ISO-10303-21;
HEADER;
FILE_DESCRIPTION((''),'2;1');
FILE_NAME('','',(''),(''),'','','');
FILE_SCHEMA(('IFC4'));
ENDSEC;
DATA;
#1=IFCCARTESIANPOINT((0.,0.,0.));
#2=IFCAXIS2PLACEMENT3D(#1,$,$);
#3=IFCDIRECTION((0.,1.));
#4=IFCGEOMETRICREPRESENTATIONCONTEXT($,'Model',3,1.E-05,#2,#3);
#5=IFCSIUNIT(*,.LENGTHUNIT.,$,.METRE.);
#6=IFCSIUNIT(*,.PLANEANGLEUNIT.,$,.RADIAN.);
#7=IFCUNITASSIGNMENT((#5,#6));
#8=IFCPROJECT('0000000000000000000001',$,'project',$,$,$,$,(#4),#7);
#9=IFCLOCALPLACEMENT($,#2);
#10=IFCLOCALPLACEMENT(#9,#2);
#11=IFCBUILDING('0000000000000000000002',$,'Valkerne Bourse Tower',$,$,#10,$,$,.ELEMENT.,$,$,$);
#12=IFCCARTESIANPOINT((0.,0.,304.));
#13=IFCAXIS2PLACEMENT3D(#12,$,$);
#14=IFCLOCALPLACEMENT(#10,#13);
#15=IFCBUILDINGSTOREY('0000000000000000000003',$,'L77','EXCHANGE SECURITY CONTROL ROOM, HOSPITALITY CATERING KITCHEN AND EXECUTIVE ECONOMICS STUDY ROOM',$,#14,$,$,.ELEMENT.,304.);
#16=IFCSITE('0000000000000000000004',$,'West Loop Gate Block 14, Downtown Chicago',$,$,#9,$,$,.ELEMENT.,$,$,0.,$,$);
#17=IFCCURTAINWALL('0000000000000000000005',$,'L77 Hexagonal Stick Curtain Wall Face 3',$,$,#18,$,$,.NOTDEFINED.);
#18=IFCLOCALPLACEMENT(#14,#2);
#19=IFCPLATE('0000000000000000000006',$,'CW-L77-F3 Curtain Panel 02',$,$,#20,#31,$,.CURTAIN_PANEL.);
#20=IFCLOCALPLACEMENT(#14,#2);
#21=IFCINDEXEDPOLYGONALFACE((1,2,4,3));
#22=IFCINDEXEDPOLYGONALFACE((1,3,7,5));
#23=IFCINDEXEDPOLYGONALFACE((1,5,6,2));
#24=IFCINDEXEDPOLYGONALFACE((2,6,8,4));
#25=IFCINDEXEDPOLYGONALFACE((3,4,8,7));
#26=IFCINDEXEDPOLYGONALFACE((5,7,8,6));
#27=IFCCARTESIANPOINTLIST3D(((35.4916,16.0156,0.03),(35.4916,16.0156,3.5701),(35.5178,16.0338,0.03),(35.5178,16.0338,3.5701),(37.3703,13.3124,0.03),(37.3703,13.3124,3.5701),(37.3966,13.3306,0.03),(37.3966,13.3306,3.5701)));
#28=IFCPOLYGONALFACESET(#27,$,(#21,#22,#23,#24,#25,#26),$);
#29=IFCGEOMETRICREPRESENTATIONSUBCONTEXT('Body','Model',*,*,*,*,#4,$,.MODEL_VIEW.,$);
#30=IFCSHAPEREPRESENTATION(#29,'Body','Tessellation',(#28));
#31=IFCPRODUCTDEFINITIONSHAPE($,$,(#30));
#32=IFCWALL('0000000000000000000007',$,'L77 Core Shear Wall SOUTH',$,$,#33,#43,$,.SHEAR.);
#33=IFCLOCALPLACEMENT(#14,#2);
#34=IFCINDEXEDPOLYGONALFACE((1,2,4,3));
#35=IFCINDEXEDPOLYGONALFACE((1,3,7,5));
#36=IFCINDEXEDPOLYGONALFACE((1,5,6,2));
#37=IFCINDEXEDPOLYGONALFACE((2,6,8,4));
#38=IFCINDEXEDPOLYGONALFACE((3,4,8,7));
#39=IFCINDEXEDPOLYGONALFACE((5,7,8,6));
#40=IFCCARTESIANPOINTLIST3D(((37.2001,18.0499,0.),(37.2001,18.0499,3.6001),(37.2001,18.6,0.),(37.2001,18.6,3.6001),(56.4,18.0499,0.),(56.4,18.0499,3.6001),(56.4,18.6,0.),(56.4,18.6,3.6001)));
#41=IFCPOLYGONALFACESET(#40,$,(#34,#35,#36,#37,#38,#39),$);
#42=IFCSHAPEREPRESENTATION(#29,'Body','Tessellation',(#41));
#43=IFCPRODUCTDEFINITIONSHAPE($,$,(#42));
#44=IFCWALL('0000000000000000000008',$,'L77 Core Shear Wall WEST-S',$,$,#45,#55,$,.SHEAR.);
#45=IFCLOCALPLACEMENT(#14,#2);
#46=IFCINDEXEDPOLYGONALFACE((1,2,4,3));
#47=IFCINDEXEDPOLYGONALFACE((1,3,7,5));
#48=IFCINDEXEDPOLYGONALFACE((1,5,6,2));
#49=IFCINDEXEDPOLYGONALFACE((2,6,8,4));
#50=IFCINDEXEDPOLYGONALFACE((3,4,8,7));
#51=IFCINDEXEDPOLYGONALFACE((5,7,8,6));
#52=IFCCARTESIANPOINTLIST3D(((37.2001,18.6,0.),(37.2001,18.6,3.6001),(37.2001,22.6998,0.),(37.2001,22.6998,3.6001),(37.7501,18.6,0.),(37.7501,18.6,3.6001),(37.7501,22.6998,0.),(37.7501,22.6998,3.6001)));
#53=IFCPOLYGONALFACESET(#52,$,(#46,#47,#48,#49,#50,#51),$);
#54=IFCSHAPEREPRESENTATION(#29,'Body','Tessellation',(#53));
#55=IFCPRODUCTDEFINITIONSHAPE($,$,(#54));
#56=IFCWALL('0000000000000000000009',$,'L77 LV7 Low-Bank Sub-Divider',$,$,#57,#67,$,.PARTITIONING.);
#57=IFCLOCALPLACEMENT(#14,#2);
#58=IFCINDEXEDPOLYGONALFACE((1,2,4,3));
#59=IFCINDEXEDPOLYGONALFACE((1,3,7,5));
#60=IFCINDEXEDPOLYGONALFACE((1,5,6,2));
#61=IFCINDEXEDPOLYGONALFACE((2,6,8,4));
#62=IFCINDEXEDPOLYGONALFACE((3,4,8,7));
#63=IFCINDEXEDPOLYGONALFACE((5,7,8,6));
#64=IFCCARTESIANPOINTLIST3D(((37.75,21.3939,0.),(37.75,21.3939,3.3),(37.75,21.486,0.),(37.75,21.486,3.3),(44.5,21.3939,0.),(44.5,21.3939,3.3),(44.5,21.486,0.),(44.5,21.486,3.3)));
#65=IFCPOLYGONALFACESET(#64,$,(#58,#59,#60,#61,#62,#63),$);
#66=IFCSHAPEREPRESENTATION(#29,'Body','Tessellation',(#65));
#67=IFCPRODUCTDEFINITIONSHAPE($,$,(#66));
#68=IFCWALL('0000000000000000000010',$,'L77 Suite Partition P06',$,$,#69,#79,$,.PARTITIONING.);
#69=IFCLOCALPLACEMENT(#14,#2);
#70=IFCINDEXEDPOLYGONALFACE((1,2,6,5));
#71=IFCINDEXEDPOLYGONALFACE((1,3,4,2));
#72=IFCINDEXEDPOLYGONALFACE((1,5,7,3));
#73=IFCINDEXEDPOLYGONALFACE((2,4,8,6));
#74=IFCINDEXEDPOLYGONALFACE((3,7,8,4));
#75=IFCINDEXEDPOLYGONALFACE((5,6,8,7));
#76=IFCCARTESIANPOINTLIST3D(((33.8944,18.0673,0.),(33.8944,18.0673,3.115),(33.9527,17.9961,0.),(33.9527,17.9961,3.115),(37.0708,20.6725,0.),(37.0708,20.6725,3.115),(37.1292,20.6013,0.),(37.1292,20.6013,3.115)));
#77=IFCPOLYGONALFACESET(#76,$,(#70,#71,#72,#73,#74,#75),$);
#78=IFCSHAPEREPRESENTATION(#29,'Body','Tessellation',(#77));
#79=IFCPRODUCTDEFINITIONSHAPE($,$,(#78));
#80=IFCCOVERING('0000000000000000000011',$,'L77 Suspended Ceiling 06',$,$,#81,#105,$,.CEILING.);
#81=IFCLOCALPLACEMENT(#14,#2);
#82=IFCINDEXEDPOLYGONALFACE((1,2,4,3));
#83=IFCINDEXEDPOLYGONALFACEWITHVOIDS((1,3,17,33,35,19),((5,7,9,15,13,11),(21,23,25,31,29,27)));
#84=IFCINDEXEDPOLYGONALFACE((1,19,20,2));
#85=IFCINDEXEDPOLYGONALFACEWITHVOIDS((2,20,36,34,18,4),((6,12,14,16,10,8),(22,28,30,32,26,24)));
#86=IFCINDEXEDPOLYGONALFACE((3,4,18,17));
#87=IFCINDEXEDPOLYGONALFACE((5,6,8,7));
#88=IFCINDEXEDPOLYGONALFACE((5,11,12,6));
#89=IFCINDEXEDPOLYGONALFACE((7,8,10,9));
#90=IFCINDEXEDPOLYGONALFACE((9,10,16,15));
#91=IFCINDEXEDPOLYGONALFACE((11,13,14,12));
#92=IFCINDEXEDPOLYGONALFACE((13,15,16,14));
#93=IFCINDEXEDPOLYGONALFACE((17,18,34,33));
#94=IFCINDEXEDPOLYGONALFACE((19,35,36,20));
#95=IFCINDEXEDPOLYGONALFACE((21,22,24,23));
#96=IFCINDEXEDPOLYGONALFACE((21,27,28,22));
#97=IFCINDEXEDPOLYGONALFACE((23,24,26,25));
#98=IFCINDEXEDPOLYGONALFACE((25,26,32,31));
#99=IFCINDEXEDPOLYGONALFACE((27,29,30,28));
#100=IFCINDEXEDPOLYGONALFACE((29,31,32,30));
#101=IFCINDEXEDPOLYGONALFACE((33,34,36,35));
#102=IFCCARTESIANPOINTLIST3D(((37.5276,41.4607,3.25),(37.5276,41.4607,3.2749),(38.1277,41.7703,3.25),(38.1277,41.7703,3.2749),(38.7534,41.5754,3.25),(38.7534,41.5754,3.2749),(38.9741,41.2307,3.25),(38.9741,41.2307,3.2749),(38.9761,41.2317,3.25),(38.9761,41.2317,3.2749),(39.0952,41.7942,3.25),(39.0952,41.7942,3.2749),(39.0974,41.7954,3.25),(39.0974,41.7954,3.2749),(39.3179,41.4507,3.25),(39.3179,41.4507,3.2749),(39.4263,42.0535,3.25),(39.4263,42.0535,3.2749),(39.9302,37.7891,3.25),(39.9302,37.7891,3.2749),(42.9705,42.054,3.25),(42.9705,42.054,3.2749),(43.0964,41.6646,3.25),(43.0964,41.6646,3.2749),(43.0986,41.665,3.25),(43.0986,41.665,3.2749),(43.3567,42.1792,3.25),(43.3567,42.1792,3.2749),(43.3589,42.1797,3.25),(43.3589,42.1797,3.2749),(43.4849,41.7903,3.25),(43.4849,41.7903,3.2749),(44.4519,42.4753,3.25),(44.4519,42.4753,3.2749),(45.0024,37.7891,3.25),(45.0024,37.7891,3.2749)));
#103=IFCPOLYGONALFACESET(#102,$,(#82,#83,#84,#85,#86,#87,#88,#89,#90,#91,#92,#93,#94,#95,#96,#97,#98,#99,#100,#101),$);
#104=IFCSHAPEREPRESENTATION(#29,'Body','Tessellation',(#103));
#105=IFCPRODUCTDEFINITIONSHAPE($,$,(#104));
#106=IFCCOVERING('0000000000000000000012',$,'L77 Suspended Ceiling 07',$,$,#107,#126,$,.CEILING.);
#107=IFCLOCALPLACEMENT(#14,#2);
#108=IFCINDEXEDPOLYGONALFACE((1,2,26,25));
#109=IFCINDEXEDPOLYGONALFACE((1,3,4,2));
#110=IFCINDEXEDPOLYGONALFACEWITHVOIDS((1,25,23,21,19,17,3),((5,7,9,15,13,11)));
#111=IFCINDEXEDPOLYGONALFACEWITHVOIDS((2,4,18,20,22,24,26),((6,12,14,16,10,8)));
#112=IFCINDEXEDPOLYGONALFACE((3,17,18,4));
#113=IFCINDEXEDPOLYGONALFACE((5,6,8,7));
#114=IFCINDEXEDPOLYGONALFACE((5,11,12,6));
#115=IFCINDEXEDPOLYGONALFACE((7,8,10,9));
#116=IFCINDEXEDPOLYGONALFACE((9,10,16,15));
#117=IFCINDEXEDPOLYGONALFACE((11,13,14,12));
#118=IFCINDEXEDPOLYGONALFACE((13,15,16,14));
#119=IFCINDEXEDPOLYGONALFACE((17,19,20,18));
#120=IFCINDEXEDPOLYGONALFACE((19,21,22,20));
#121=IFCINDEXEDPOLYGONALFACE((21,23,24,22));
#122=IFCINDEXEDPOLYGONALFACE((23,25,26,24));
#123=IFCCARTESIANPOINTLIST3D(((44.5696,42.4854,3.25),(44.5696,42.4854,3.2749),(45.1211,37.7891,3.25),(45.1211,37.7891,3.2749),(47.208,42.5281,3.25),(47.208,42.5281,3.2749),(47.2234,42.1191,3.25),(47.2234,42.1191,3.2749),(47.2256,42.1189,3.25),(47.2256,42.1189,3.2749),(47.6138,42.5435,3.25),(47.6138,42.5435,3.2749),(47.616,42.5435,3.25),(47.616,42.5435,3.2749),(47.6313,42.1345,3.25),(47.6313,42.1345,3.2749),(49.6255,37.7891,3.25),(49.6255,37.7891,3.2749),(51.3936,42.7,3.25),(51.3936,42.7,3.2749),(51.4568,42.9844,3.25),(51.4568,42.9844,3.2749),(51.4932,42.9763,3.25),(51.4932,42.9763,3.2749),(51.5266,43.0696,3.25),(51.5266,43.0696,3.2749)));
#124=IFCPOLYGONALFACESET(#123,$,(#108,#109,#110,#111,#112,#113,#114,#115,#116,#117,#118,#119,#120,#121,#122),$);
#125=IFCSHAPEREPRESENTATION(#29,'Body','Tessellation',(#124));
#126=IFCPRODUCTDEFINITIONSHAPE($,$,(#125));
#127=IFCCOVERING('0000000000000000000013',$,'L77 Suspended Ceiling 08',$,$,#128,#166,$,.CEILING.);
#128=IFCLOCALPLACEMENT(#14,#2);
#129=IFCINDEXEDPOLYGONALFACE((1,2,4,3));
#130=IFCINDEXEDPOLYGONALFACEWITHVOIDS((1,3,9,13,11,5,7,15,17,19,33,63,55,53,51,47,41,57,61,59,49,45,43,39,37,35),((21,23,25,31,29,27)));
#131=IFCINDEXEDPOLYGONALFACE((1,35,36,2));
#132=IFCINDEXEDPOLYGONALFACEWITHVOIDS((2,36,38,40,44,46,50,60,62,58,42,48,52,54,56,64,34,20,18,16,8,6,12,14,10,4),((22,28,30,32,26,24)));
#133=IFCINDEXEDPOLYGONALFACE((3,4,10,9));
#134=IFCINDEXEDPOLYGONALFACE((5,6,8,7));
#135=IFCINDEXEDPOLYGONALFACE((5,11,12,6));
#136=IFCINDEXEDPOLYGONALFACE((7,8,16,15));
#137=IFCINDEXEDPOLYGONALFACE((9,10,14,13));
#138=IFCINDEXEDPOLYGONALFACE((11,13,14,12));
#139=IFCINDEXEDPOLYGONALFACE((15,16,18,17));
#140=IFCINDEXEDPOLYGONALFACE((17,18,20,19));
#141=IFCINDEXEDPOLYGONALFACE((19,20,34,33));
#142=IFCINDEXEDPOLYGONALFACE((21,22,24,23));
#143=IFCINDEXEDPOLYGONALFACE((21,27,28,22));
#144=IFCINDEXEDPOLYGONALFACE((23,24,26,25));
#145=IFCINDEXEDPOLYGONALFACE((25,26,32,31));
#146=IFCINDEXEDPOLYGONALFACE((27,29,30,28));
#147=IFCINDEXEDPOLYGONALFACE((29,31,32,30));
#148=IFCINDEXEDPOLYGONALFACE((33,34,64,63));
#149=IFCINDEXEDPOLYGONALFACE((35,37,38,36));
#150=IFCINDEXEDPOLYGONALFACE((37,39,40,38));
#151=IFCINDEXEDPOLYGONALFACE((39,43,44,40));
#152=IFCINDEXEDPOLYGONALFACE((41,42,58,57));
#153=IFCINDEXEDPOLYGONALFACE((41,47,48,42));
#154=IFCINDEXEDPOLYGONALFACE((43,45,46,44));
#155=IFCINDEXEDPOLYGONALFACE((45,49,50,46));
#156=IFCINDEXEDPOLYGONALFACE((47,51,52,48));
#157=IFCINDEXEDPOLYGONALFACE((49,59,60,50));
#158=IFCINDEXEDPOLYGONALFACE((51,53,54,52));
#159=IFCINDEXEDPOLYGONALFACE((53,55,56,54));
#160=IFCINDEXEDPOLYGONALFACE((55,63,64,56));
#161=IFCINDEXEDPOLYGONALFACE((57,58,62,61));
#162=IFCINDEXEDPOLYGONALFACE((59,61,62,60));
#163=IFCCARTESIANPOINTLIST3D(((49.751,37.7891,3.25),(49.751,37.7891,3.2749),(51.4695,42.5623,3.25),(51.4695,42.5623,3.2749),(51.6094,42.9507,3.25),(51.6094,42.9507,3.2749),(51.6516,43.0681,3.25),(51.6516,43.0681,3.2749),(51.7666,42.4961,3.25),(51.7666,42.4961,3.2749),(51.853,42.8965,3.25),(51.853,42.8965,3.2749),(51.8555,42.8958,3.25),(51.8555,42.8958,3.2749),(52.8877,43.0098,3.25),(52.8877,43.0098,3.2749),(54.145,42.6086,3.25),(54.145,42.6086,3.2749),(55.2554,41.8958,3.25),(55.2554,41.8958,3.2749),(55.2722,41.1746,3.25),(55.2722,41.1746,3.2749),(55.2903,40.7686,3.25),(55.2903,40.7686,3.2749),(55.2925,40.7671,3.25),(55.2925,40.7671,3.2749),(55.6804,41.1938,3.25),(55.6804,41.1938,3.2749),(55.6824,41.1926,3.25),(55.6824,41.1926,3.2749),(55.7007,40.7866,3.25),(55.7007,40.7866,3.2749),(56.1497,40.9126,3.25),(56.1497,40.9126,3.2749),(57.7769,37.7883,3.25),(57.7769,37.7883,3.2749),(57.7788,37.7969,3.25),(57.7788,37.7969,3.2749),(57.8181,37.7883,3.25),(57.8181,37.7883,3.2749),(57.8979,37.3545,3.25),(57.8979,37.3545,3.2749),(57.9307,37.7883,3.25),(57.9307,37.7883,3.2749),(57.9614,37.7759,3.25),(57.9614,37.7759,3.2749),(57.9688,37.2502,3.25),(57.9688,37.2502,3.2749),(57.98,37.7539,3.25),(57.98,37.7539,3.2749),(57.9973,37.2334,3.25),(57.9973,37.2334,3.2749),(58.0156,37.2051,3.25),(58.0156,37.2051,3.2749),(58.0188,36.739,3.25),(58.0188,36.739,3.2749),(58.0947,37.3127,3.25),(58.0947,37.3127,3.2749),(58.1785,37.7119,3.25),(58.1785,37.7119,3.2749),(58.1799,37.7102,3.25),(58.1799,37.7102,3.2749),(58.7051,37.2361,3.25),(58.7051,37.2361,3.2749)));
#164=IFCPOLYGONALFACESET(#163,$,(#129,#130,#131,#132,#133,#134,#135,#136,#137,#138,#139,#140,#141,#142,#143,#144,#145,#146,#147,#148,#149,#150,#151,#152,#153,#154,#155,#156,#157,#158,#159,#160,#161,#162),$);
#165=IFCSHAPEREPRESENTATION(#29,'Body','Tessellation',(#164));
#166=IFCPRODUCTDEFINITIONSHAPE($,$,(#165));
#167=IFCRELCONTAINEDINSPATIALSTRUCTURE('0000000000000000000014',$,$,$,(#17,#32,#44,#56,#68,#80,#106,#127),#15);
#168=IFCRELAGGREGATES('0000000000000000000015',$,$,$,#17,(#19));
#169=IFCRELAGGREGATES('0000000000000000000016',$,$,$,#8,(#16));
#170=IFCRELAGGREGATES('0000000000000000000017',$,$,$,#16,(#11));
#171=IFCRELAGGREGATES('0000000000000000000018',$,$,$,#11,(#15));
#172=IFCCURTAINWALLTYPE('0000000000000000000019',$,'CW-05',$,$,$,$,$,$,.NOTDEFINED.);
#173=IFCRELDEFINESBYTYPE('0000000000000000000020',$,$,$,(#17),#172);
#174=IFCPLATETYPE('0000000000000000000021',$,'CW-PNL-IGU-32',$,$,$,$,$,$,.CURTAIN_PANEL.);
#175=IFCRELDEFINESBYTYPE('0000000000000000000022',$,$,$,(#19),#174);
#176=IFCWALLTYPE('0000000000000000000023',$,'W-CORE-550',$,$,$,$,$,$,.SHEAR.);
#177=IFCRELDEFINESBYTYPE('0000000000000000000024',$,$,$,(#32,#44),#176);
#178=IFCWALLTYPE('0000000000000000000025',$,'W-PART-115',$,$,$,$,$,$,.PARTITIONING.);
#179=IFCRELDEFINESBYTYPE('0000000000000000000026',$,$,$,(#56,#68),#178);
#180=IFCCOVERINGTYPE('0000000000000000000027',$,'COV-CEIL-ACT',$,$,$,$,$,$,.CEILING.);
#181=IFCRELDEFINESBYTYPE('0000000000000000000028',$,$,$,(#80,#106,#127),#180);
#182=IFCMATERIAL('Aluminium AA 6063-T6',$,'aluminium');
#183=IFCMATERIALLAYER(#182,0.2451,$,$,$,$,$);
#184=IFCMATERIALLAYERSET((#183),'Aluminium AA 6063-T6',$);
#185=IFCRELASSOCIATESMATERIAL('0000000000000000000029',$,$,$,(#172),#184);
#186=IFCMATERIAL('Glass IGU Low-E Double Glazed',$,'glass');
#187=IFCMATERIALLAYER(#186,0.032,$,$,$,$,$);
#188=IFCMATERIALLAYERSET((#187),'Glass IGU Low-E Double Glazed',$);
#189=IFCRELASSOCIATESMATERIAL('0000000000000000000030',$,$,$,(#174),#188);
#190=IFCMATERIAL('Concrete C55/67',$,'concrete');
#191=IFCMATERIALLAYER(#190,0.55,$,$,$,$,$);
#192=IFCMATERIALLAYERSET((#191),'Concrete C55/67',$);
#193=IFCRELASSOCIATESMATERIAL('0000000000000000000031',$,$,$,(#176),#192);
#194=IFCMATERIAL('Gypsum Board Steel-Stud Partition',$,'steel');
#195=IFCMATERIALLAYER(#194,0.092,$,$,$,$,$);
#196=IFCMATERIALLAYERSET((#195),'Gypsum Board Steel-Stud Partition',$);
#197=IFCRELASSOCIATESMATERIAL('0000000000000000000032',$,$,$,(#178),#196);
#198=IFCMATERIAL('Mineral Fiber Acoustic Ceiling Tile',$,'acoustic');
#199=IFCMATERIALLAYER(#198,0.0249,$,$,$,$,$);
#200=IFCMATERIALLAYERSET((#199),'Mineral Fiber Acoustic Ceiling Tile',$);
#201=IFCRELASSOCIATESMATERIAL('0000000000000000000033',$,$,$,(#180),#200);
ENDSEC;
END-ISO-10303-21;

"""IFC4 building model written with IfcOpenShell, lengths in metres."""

from ifc_helpers import new_model, si_unit, direction, frame, frame_2d, origin, origin_2d, place, context, subcontext, project, spatial, polyline, rectangle, outline, extrude, material, layer, layer_set, type_object, element, aggregate, save


model = new_model("IFC4")

# Units and contexts
model_context = context("Model", 3, precision=1e-05, world=origin(), true_north=direction((0.0, 1.0)))
body_context = subcontext(model_context, "Body", "Model", "MODEL_VIEW")
ifc_project = project(units=[si_unit("LENGTHUNIT", "METRE"), si_unit("PLANEANGLEUNIT", "RADIAN")], contexts=[model_context])

# Site, building, storey
site_placement = place(None, origin())
site = spatial("IfcSite", under=ifc_project, at=site_placement, Name="West Loop Gate Block 14, Downtown Chicago", CompositionType="ELEMENT", RefElevation=0.0)
building_placement = place(site_placement, origin())
building = spatial("IfcBuilding", under=site, at=building_placement, Name="Valkerne Bourse Tower", CompositionType="ELEMENT")
storey_placement = place(building_placement, frame((0.0, 0.0, 304.0)))
storey = spatial("IfcBuildingStorey", under=building, at=storey_placement, Name="L77", Description="EXCHANGE SECURITY CONTROL ROOM, HOSPITALITY CATERING KITCHEN AND EXECUTIVE ECONOMICS STUDY ROOM", CompositionType="ELEMENT", Elevation=304.0)

# Curtain wall
ifc_material_1 = material(Name="Aluminium AA 6063-T6", Category="aluminium")
ifc_layer_1 = layer(ifc_material_1, 0.2451)
ifc_layer_set_1 = layer_set([ifc_layer_1], Name="Aluminium AA 6063-T6")
curtain_wall_type = type_object("IfcCurtainWallType", Name="CW-05", PredefinedType="NOTDEFINED", material=ifc_layer_set_1)
curtain_wall_placement = place(storey_placement, origin())
curtain_wall = element("IfcCurtainWall", 1, at=curtain_wall_placement, inside=storey, type_object=curtain_wall_type, Name="L77 Hexagonal Stick Curtain Wall Face 3", PredefinedType="NOTDEFINED")

# Plate
ifc_material_2 = material(Name="Glass IGU Low-E Double Glazed", Category="glass")
ifc_layer_2 = layer(ifc_material_2, 0.032)
ifc_layer_set_2 = layer_set([ifc_layer_2], Name="Glass IGU Low-E Double Glazed")
plate_type = type_object("IfcPlateType", Name="CW-PNL-IGU-32", PredefinedType="CURTAIN_PANEL", material=ifc_layer_set_2)
plate_1_placement = place(storey_placement, frame((36.4441, 14.6731, 0.03), z_axis=(0.0, 0.0, 1.0), x_axis=(0.570704, -0.821156, 0.0)))
plate_1 = element("IfcPlate", 2, at=plate_1_placement, type_object=plate_type, Name="CW-L77-F3 Curtain Panel 02", PredefinedType="CURTAIN_PANEL", context=body_context, shape_type="SweptSolid", body=[
    extrude(rectangle(XDim=3.292, YDim=0.032, at=origin_2d()), origin(), (0.0, 0.0, 1.0), 3.54),
])
aggregate(curtain_wall, [plate_1])

# Walls
ifc_material_3 = material(Name="Concrete C55/67", Category="concrete")
ifc_layer_3 = layer(ifc_material_3, 0.55)
ifc_layer_set_3 = layer_set([ifc_layer_3], Name="Concrete C55/67")
wall_type_1 = type_object("IfcWallType", Name="W-CORE-550", PredefinedType="SHEAR", material=ifc_layer_set_3)
wall_1_placement = place(storey_placement, frame((37.2, 18.325, 0.0), z_axis=(0.0, 0.0, 1.0), x_axis=(1.0, 0.0, 0.0)))
element("IfcWall", 3, at=wall_1_placement, inside=storey, type_object=wall_type_1, Name="L77 Core Shear Wall SOUTH", PredefinedType="SHEAR", context=body_context, shape_type="SweptSolid", body=[
    extrude(rectangle(XDim=19.2, YDim=0.55, at=frame_2d((9.6001, 0.0))), origin(), (0.0, 0.0, 1.0), 3.6001),
])
wall_2_placement = place(storey_placement, frame((37.4751, 18.6001, 0.0), z_axis=(0.0, 0.0, 1.0), x_axis=(0.0, 1.0, 0.0)))
element("IfcWall", 4, at=wall_2_placement, inside=storey, type_object=wall_type_1, Name="L77 Core Shear Wall WEST-S", PredefinedType="SHEAR", context=body_context, shape_type="SweptSolid", body=[
    extrude(rectangle(XDim=4.0999, YDim=0.55, at=frame_2d((2.0498, 0.0))), origin(), (0.0, 0.0, 1.0), 3.6001),
])
ifc_material_4 = material(Name="Gypsum Board Steel-Stud Partition", Category="steel")
ifc_layer_4 = layer(ifc_material_4, 0.092)
ifc_layer_set_4 = layer_set([ifc_layer_4], Name="Gypsum Board Steel-Stud Partition")
wall_type_2 = type_object("IfcWallType", Name="W-PART-115", PredefinedType="PARTITIONING", material=ifc_layer_set_4)
wall_3_placement = place(storey_placement, frame((37.75, 21.4399, 0.0), z_axis=(0.0, 0.0, 1.0), x_axis=(1.0, 0.0, 0.0)))
element("IfcWall", 5, at=wall_3_placement, inside=storey, type_object=wall_type_2, Name="L77 LV7 Low-Bank Sub-Divider", PredefinedType="PARTITIONING", context=body_context, shape_type="SweptSolid", body=[
    extrude(rectangle(XDim=6.75, YDim=0.092, at=frame_2d((3.375, 0.0))), origin(), (0.0, 0.0, 1.0), 3.3),
])
wall_4_placement = place(storey_placement, frame((37.1001, 20.637, 0.0), z_axis=(0.0, 0.0, 1.0), x_axis=(-0.77321, -0.63415, 0.0)))
element("IfcWall", 6, at=wall_4_placement, inside=storey, type_object=wall_type_2, Name="L77 Suite Partition P06", PredefinedType="PARTITIONING", context=body_context, shape_type="SweptSolid", body=[
    extrude(rectangle(XDim=4.1082, YDim=0.092, at=frame_2d((2.0542, 0.0))), origin(), (0.0, 0.0, 1.0), 3.115),
])

# Coverings
ifc_material_5 = material(Name="Mineral Fiber Acoustic Ceiling Tile", Category="acoustic")
ifc_layer_5 = layer(ifc_material_5, 0.0249)
ifc_layer_set_5 = layer_set([ifc_layer_5], Name="Mineral Fiber Acoustic Ceiling Tile")
covering_type_1 = type_object("IfcCoveringType", Name="COV-CEIL-ACT", PredefinedType="CEILING", material=ifc_layer_set_5)
covering_1_placement = place(storey_placement, frame((0.0, 0.0, 3.25)))
element("IfcCovering", 7, at=covering_1_placement, inside=storey, type_object=covering_type_1, Name="L77 Suspended Ceiling 06", PredefinedType="CEILING", context=body_context, shape_type="SweptSolid", body=[
    extrude(outline(polyline([(44.4519, 42.4753), (45.0024, 37.7891), (39.9302, 37.7891), (37.5276, 41.4607), (38.1277, 41.7703), (39.4263, 42.0535), (44.4519, 42.4753)]), holes=[polyline([(38.9761, 41.2317), (39.3179, 41.4507), (39.0974, 41.7954), (39.0952, 41.7942), (38.7534, 41.5754), (38.9741, 41.2307), (38.9761, 41.2317)]), polyline([(43.4849, 41.7903), (43.3589, 42.1797), (43.3567, 42.1792), (42.9705, 42.054), (43.0964, 41.6646), (43.0986, 41.665), (43.4849, 41.7903)])]), origin(), (0.0, 0.0, 1.0), 0.0249),
])
covering_2_placement = place(storey_placement, frame((0.0, 0.0, 3.25)))
element("IfcCovering", 8, at=covering_2_placement, inside=storey, type_object=covering_type_1, Name="L77 Suspended Ceiling 07", PredefinedType="CEILING", context=body_context, shape_type="SweptSolid", body=[
    extrude(outline(polyline([(45.1211, 37.7891), (44.5696, 42.4854), (51.5266, 43.0696), (51.4932, 42.9763), (51.4568, 42.9844), (51.3936, 42.7), (49.6255, 37.7891), (45.1211, 37.7891)]), holes=[polyline([(47.616, 42.5435), (47.6138, 42.5435), (47.208, 42.5281), (47.2234, 42.1191), (47.2256, 42.1189), (47.6313, 42.1345), (47.616, 42.5435)])]), origin(), (0.0, 0.0, 1.0), 0.0249),
])
covering_3_placement = place(storey_placement, frame((0.0, 0.0, 3.25)))
element("IfcCovering", 9, at=covering_3_placement, inside=storey, type_object=covering_type_1, Name="L77 Suspended Ceiling 08", PredefinedType="CEILING", context=body_context, shape_type="SweptSolid", body=[
    extrude(outline(polyline([(55.2554, 41.8958), (56.1497, 40.9126), (58.7051, 37.2361), (58.0188, 36.739), (58.0156, 37.2051), (57.9973, 37.2334), (57.9688, 37.2502), (57.8979, 37.3545), (58.0947, 37.3127), (58.1799, 37.7102), (58.1785, 37.7119), (57.98, 37.7539), (57.9614, 37.7759), (57.9307, 37.7883), (57.8181, 37.7883), (57.7788, 37.7969), (57.7769, 37.7883), (49.751, 37.7891), (51.4695, 42.5623), (51.7666, 42.4961), (51.8555, 42.8958), (51.853, 42.8965), (51.6094, 42.9507), (51.6516, 43.0681), (52.8877, 43.0098), (54.145, 42.6086), (55.2554, 41.8958)]), holes=[polyline([(55.6824, 41.1926), (55.6804, 41.1938), (55.2722, 41.1746), (55.2903, 40.7686), (55.2925, 40.7671), (55.7007, 40.7866), (55.6824, 41.1926)])]), origin(), (0.0, 0.0, 1.0), 0.0249),
])

save(model, "model.ifc")
